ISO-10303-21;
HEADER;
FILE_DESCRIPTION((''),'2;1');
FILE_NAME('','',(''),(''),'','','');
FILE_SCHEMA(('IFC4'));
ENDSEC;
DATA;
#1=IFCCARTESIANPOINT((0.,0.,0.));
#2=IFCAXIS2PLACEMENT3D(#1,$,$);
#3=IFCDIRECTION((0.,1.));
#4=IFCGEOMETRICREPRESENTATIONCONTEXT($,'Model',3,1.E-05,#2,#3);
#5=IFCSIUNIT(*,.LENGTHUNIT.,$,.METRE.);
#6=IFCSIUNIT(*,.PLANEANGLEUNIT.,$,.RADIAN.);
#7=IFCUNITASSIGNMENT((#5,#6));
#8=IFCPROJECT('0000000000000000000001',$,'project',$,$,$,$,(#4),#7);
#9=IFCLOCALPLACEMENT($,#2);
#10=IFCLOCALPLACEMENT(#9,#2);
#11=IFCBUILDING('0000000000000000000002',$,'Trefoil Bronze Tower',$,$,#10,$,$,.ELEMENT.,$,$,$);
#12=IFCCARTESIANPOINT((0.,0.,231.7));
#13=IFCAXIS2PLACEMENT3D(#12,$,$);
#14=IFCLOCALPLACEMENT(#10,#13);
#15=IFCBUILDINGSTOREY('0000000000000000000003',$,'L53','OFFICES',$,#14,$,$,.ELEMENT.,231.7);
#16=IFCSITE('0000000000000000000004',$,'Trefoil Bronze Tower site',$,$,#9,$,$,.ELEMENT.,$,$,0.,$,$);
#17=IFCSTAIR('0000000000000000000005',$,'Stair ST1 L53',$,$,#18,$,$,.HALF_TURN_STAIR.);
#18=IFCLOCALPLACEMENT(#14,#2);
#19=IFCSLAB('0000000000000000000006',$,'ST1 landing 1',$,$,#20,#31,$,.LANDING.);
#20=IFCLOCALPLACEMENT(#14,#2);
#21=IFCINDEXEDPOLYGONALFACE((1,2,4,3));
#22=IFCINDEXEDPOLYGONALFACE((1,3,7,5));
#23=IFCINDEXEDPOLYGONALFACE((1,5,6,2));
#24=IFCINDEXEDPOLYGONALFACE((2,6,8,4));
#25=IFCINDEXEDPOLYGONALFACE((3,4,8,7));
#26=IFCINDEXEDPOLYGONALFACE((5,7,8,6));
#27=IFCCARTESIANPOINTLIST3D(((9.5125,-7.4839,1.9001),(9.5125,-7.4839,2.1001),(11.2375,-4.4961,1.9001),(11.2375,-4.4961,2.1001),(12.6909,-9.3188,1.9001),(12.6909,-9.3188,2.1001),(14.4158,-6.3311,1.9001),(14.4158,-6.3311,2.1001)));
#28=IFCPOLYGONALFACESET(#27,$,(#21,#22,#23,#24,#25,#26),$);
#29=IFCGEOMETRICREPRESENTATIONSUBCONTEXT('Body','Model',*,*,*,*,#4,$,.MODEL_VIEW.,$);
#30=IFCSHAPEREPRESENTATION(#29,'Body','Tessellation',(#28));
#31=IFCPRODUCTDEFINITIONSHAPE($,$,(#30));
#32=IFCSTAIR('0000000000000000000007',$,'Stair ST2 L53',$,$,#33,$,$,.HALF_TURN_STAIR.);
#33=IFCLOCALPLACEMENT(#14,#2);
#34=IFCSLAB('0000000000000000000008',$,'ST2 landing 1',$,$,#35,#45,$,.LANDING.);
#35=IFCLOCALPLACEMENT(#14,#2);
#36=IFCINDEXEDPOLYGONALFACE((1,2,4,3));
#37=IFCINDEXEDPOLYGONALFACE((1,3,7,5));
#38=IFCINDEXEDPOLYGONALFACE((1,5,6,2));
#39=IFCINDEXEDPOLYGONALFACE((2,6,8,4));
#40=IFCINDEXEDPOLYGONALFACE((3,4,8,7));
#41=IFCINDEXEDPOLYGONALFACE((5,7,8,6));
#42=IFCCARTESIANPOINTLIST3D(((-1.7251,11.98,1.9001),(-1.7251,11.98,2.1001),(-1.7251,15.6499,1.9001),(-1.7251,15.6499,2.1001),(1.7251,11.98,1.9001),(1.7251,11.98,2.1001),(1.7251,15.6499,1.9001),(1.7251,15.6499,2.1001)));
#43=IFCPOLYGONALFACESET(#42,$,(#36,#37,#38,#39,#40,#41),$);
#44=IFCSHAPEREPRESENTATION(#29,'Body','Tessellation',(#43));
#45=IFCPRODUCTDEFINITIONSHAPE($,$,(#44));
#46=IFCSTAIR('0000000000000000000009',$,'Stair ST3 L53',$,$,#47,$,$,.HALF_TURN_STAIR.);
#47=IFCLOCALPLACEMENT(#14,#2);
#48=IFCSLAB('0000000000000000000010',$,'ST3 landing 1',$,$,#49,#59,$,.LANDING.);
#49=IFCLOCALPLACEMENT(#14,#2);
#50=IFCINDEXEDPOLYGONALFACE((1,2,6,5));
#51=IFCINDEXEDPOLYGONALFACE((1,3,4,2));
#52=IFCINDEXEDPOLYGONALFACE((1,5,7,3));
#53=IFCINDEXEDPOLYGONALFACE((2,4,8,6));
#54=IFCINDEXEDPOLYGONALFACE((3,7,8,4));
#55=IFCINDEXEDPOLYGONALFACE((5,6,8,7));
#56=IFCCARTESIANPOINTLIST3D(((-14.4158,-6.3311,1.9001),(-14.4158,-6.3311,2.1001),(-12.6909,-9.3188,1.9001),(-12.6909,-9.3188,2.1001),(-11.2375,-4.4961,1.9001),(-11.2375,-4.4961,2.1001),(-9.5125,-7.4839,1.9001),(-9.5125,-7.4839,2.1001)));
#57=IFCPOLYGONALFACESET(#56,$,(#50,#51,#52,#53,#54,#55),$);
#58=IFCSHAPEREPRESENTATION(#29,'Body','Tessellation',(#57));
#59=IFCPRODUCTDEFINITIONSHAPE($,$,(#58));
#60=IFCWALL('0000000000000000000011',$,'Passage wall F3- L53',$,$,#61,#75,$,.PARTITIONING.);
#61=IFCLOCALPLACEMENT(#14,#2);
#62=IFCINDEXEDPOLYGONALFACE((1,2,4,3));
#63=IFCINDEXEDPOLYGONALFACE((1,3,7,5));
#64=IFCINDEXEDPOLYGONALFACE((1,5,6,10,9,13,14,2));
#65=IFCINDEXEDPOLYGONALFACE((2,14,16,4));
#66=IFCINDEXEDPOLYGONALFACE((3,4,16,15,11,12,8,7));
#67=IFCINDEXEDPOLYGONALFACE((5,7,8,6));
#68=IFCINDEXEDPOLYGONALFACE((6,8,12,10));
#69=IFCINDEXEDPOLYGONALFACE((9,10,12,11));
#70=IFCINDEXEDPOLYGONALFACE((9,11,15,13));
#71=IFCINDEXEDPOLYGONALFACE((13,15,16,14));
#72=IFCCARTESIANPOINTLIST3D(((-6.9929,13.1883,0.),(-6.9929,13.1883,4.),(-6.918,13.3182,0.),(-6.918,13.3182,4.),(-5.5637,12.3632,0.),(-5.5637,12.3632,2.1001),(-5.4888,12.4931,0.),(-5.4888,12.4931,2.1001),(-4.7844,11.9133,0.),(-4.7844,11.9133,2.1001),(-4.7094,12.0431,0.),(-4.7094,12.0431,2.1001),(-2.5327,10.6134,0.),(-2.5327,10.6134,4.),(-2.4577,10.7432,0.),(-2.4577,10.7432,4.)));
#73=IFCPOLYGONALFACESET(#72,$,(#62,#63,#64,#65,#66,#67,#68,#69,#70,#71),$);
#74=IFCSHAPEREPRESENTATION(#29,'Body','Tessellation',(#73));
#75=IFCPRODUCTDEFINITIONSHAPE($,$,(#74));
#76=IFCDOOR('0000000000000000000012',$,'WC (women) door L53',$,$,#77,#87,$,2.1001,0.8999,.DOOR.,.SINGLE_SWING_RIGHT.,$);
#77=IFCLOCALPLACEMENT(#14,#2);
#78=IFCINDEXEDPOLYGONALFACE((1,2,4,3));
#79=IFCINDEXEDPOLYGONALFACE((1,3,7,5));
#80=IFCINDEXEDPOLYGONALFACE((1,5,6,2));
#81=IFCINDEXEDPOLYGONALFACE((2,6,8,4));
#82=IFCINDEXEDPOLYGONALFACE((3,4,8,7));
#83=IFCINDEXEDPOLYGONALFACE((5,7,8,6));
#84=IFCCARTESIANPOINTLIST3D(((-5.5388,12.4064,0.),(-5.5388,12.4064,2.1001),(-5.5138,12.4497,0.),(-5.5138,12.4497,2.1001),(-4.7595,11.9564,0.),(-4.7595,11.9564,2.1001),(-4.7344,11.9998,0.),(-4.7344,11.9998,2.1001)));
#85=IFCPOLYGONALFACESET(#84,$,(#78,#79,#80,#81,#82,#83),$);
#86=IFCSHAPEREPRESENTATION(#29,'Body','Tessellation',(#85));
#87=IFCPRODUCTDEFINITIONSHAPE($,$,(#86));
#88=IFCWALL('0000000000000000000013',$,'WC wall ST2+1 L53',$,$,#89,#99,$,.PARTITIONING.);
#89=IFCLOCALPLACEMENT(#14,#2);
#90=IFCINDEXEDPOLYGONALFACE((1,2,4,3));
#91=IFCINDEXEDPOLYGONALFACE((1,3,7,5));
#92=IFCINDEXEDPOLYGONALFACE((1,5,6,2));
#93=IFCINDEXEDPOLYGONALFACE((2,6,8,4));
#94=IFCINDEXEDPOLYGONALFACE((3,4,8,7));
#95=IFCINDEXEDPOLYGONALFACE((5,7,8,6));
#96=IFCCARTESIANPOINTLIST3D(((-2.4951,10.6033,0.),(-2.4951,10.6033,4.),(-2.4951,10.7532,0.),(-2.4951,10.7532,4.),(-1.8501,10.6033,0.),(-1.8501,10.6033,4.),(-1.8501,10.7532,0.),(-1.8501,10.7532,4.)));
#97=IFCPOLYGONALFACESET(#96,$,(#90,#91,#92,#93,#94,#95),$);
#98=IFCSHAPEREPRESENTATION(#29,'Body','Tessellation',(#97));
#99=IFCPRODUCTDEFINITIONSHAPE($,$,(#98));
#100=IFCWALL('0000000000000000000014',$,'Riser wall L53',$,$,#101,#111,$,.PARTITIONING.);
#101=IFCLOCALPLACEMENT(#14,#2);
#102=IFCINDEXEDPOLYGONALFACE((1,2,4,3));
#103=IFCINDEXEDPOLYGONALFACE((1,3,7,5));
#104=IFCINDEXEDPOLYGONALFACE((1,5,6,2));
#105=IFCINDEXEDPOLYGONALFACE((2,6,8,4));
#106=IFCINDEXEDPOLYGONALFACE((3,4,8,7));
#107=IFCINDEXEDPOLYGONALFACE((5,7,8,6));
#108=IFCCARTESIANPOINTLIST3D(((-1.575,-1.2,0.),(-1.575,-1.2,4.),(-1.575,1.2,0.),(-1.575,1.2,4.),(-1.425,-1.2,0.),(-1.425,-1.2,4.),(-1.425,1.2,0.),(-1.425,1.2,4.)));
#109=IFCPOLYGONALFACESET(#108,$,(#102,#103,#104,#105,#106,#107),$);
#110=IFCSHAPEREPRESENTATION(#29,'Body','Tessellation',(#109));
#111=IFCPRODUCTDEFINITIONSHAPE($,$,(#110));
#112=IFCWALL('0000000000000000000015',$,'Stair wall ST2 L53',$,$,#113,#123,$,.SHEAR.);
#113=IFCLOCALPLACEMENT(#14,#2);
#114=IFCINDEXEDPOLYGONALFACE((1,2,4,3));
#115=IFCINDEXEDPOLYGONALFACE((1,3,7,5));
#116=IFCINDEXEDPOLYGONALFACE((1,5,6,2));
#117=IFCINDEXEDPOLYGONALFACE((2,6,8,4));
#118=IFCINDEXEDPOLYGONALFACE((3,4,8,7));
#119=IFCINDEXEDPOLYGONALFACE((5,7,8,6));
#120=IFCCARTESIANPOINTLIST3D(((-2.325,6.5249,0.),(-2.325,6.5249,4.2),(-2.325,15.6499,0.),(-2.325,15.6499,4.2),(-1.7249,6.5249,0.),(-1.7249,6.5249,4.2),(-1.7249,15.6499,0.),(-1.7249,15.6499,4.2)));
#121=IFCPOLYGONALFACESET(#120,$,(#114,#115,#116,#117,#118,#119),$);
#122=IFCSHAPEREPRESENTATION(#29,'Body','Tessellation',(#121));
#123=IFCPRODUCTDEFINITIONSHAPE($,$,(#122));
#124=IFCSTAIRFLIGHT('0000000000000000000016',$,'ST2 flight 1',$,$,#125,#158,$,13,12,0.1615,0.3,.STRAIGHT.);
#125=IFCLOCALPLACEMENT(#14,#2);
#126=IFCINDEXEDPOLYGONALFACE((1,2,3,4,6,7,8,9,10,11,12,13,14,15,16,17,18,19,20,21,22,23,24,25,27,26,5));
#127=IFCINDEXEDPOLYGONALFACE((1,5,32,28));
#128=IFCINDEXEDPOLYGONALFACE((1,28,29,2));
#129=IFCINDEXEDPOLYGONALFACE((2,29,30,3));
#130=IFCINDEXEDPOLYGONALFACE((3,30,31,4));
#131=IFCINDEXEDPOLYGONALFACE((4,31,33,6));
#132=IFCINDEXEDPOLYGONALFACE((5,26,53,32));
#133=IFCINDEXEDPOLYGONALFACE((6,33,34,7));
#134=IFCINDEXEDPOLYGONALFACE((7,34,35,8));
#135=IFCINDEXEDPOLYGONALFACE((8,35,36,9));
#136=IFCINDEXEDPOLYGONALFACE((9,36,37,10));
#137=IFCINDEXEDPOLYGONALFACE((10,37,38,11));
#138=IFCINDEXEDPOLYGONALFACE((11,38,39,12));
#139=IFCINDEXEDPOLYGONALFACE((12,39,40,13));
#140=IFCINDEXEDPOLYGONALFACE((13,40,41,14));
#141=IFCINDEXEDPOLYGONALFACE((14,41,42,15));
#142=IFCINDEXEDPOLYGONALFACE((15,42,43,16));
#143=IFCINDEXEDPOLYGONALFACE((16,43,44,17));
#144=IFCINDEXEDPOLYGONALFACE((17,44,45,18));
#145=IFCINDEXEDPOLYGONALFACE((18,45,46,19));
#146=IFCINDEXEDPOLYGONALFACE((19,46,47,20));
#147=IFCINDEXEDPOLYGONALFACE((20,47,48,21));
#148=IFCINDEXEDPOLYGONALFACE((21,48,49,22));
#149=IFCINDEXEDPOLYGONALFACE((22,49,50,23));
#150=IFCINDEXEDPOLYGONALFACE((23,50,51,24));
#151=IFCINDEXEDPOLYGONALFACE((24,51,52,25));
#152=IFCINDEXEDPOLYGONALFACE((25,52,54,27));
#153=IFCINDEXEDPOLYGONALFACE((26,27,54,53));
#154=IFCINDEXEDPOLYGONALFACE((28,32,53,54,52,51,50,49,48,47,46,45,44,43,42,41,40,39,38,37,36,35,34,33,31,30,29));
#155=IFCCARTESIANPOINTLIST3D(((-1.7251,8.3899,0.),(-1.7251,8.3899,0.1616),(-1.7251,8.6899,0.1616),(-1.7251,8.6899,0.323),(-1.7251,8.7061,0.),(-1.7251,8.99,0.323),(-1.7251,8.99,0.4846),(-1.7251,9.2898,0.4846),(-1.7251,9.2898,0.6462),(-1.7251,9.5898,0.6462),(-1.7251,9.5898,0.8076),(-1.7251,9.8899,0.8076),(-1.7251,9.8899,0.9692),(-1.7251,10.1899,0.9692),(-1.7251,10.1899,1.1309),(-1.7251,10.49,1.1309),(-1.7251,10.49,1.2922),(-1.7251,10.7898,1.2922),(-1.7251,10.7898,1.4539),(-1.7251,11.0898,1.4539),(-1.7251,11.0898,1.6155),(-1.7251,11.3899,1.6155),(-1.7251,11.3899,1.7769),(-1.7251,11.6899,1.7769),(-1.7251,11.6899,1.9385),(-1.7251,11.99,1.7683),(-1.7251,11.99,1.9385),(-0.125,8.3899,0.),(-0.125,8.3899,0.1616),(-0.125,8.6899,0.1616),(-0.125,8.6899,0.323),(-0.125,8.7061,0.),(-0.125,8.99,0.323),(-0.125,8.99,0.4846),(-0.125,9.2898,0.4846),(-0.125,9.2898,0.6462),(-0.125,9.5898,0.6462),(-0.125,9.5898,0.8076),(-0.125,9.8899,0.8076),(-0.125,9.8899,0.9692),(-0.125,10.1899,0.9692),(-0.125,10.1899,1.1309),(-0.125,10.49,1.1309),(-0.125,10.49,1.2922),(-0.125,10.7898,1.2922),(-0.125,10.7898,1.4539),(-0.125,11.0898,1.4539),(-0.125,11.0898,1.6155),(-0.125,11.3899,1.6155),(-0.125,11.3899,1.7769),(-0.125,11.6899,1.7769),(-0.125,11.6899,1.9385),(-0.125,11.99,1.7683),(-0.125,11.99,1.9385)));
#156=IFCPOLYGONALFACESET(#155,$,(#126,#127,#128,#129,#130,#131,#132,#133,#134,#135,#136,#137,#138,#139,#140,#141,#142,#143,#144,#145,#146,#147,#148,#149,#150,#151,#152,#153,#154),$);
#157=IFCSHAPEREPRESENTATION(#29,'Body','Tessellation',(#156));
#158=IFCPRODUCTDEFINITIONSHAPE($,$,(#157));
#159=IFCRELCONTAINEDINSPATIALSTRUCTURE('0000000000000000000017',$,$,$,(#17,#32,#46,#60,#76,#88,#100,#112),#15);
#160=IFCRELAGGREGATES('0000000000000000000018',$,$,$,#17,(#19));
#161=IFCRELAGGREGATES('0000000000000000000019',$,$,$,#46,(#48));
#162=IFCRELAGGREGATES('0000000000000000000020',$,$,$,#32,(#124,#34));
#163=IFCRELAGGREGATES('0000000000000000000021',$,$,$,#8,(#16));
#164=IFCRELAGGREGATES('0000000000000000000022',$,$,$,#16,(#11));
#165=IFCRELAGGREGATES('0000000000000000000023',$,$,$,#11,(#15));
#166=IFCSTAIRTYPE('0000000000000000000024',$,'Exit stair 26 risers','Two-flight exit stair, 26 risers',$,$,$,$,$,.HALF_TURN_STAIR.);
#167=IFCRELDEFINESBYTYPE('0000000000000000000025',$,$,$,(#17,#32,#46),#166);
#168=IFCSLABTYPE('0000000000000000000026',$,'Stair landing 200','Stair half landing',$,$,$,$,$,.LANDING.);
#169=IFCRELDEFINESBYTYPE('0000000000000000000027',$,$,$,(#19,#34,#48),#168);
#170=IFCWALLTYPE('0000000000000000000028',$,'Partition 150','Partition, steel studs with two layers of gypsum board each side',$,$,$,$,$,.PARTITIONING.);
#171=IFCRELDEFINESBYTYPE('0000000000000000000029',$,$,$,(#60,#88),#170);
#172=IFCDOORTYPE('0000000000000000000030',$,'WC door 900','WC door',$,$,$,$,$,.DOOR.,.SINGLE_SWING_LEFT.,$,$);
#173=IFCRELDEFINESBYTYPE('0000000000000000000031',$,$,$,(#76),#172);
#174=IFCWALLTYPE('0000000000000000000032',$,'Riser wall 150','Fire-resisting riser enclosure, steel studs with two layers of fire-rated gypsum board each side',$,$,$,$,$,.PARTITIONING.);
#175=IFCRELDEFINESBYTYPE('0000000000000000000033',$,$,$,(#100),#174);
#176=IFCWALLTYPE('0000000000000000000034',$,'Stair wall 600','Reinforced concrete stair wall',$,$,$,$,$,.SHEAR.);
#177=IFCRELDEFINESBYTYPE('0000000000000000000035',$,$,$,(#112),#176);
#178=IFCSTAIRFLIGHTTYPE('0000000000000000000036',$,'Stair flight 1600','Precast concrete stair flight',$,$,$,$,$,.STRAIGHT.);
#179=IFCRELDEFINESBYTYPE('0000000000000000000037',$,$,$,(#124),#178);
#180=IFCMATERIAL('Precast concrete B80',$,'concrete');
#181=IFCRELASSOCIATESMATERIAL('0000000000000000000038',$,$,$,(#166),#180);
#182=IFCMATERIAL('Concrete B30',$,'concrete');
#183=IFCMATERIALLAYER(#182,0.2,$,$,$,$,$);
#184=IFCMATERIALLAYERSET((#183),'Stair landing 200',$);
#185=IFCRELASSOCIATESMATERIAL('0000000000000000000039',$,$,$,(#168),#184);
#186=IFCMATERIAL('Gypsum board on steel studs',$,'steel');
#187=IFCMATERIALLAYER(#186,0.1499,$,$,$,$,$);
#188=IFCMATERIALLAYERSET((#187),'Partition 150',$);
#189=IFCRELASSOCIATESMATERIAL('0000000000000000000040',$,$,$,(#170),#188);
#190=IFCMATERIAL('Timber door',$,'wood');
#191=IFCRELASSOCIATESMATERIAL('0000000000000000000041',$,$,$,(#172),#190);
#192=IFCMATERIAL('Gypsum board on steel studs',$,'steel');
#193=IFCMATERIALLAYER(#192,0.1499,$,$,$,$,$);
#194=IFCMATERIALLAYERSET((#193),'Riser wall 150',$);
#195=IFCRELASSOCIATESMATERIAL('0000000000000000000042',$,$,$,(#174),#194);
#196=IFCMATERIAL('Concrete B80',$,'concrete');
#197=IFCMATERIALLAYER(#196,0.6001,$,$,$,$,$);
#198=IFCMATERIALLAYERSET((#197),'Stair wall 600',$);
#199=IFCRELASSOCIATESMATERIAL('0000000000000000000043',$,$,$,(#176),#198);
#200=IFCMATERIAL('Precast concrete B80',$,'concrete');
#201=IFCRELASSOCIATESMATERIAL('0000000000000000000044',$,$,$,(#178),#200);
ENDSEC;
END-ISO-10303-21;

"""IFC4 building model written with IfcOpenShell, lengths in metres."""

from ifc_helpers import new_model, si_unit, direction, frame, frame_2d, origin, place, context, subcontext, project, spatial, polyline, rectangle, outline, extrude, material, layer, layer_set, type_object, element, fill, aggregate, save


model = new_model("IFC4")

# Units and contexts
model_context = context("Model", 3, precision=1e-05, world=origin(), true_north=direction((0.0, 1.0)))
body_context = subcontext(model_context, "Body", "Model", "MODEL_VIEW")
ifc_project = project(units=[si_unit("LENGTHUNIT", "METRE"), si_unit("PLANEANGLEUNIT", "RADIAN")], contexts=[model_context])

# Site, building, storey
site_placement = place(None, origin())
site = spatial("IfcSite", under=ifc_project, at=site_placement, Name="Trefoil Bronze Tower site", CompositionType="ELEMENT", RefElevation=0.0)
building_placement = place(site_placement, origin())
building = spatial("IfcBuilding", under=site, at=building_placement, Name="Trefoil Bronze Tower", CompositionType="ELEMENT")
storey_placement = place(building_placement, frame((0.0, 0.0, 231.7)))
storey = spatial("IfcBuildingStorey", under=building, at=storey_placement, Name="L53", Description="OFFICES", CompositionType="ELEMENT", Elevation=231.7)

# Stairs, slabs
ifc_material_1 = material(Name="Precast concrete B80", Category="concrete")
stair_type = type_object("IfcStairType", Name="Exit stair 26 risers", Description="Two-flight exit stair, 26 risers", PredefinedType="HALF_TURN_STAIR", material=ifc_material_1)
stair_1_placement = place(storey_placement, origin())
stair_1 = element("IfcStair", 1, at=stair_1_placement, inside=storey, type_object=stair_type, Name="Stair ST1 L53", PredefinedType="HALF_TURN_STAIR")
ifc_material_2 = material(Name="Concrete B30", Category="concrete")
ifc_layer_1 = layer(ifc_material_2, 0.2)
ifc_layer_set_1 = layer_set([ifc_layer_1], Name="Stair landing 200")
slab_type = type_object("IfcSlabType", Name="Stair landing 200", Description="Stair half landing", PredefinedType="LANDING", material=ifc_layer_set_1)
slab_1_placement = place(storey_placement, frame((0.0, 0.0, 1.9001)))
slab_1 = element("IfcSlab", 2, at=slab_1_placement, type_object=slab_type, Name="ST1 landing 1", PredefinedType="LANDING", context=body_context, shape_type="SweptSolid", body=[
    extrude(outline(polyline([(9.5125, -7.4839), (12.6909, -9.3188), (14.4158, -6.3311), (11.2375, -4.4961), (9.5125, -7.4839)])), origin(), (0.0, 0.0, 1.0), 0.2),
])
aggregate(stair_1, [slab_1])
stair_2_placement = place(storey_placement, origin())
stair_2 = element("IfcStair", 3, at=stair_2_placement, inside=storey, type_object=stair_type, Name="Stair ST2 L53", PredefinedType="HALF_TURN_STAIR")
slab_2_placement = place(storey_placement, frame((0.0, 0.0, 1.9001)))
slab_2 = element("IfcSlab", 4, at=slab_2_placement, type_object=slab_type, Name="ST2 landing 1", PredefinedType="LANDING", context=body_context, shape_type="SweptSolid", body=[
    extrude(outline(polyline([(1.7251, 11.98), (1.7251, 15.6499), (-1.7251, 15.6499), (-1.7251, 11.98), (1.7251, 11.98)])), origin(), (0.0, 0.0, 1.0), 0.2),
])
stair_3_placement = place(storey_placement, origin())
stair_3 = element("IfcStair", 5, at=stair_3_placement, inside=storey, type_object=stair_type, Name="Stair ST3 L53", PredefinedType="HALF_TURN_STAIR")
slab_3_placement = place(storey_placement, frame((0.0, 0.0, 1.9001)))
slab_3 = element("IfcSlab", 6, at=slab_3_placement, type_object=slab_type, Name="ST3 landing 1", PredefinedType="LANDING", context=body_context, shape_type="SweptSolid", body=[
    extrude(outline(polyline([(-11.2375, -4.4961), (-14.4158, -6.3311), (-12.6909, -9.3188), (-9.5125, -7.4839), (-11.2375, -4.4961)])), origin(), (0.0, 0.0, 1.0), 0.2),
])
aggregate(stair_3, [slab_3])

# Wall, opening, door
ifc_material_3 = material(Name="Gypsum board on steel studs", Category="steel")
ifc_layer_2 = layer(ifc_material_3, 0.1499)
ifc_layer_set_2 = layer_set([ifc_layer_2], Name="Partition 150")
wall_type_1 = type_object("IfcWallType", Name="Partition 150", Description="Partition, steel studs with two layers of gypsum board each side", PredefinedType="PARTITIONING", material=ifc_layer_set_2)
wall_1_placement = place(storey_placement, frame((-2.4951, 10.6782, 0.0), z_axis=(0.0, 0.0, 1.0), x_axis=(-0.866038, 0.499978, 0.0)))
wall_1 = element("IfcWall", 7, at=wall_1_placement, inside=storey, type_object=wall_type_1, Name="Passage wall F3- L53", PredefinedType="PARTITIONING", context=body_context, shape_type="SweptSolid", body=[
    extrude(rectangle(XDim=5.1501, YDim=0.1499, at=frame_2d((2.5752, 0.0))), origin(), (0.0, 0.0, 1.0), 4.0),
])
opening_placement = place(wall_1_placement, frame((2.6001, 0.0, 0.0)))
opening = element("IfcOpeningElement", 8, at=opening_placement, cuts=wall_1, PredefinedType="OPENING", context=body_context, shape_type="SweptSolid", body=[
    extrude(rectangle(XDim=0.8999, YDim=2.1001, at=frame_2d((0.45, 1.05))), frame((0.0, 0.085, 0.0), z_axis=(0.0, -1.0, 0.0), x_axis=(1.0, 0.0, 0.0)), (0.0, 0.0, 1.0), 0.1699),
])
ifc_material_4 = material(Name="Timber door", Category="wood")
door_type = type_object("IfcDoorType", Name="WC door 900", Description="WC door", OperationType="SINGLE_SWING_LEFT", PredefinedType="DOOR", material=ifc_material_4)
door_placement = place(opening_placement, frame((0.8999, 0.0, 0.0), z_axis=(0.0, 0.0, 1.0), x_axis=(-1.0, 0.0, 0.0)))
door = element("IfcDoor", 9, at=door_placement, inside=storey, type_object=door_type, Name="WC (women) door L53", OperationType="SINGLE_SWING_RIGHT", OverallHeight=2.1001, OverallWidth=0.8999, PredefinedType="DOOR", context=body_context, shape_type="SweptSolid", body=[
    extrude(rectangle(XDim=0.8999, YDim=2.1001, at=frame_2d((0.45, 1.05))), frame((0.0, 0.0249, 0.0), z_axis=(0.0, -1.0, 0.0), x_axis=(1.0, 0.0, 0.0)), (0.0, 0.0, 1.0), 0.05),
])
fill(opening, door)

# Walls
wall_2_placement = place(storey_placement, frame((-2.4951, 10.6782, 0.0), z_axis=(0.0, 0.0, 1.0), x_axis=(1.0, 0.0, 0.0)))
element("IfcWall", 10, at=wall_2_placement, inside=storey, type_object=wall_type_1, Name="WC wall ST2+1 L53", PredefinedType="PARTITIONING", context=body_context, shape_type="SweptSolid", body=[
    extrude(rectangle(XDim=0.645, YDim=0.1499, at=frame_2d((0.3225, 0.0))), origin(), (0.0, 0.0, 1.0), 4.0),
])
ifc_material_5 = material(Name="Gypsum board on steel studs", Category="steel")
ifc_layer_3 = layer(ifc_material_5, 0.1499)
ifc_layer_set_3 = layer_set([ifc_layer_3], Name="Riser wall 150")
wall_type_2 = type_object("IfcWallType", Name="Riser wall 150", Description="Fire-resisting riser enclosure, steel studs with two layers of fire-rated gypsum board each side", PredefinedType="PARTITIONING", material=ifc_layer_set_3)
wall_3_placement = place(storey_placement, frame((-1.5, 1.2, 0.0), z_axis=(0.0, 0.0, 1.0), x_axis=(0.0, -1.0, 0.0)))
element("IfcWall", 11, at=wall_3_placement, inside=storey, type_object=wall_type_2, Name="Riser wall L53", PredefinedType="PARTITIONING", context=body_context, shape_type="SweptSolid", body=[
    extrude(rectangle(XDim=2.3999, YDim=0.1499, at=frame_2d((1.2, 0.0))), origin(), (0.0, 0.0, 1.0), 4.0),
])
ifc_material_6 = material(Name="Concrete B80", Category="concrete")
ifc_layer_4 = layer(ifc_material_6, 0.6001)
ifc_layer_set_4 = layer_set([ifc_layer_4], Name="Stair wall 600")
wall_type_3 = type_object("IfcWallType", Name="Stair wall 600", Description="Reinforced concrete stair wall", PredefinedType="SHEAR", material=ifc_layer_set_4)
wall_4_placement = place(storey_placement, frame((-2.0249, 6.5249, 0.0), z_axis=(0.0, 0.0, 1.0), x_axis=(0.0, 1.0, 0.0)))
element("IfcWall", 12, at=wall_4_placement, inside=storey, type_object=wall_type_3, Name="Stair wall ST2 L53", PredefinedType="SHEAR", context=body_context, shape_type="SweptSolid", body=[
    extrude(rectangle(XDim=9.125, YDim=0.6001, at=frame_2d((4.5625, 0.0))), origin(), (0.0, 0.0, 1.0), 4.2),
])

# Stair flight
ifc_material_7 = material(Name="Precast concrete B80", Category="concrete")
stair_flight_type = type_object("IfcStairFlightType", Name="Stair flight 1600", Description="Precast concrete stair flight", PredefinedType="STRAIGHT", material=ifc_material_7)
stair_flight_placement = place(storey_placement, frame((-0.925, 8.3899, 0.0), z_axis=(0.0, 0.0, 1.0), x_axis=(0.0, 1.0, 0.0)))
stair_flight = element("IfcStairFlight", 13, at=stair_flight_placement, type_object=stair_flight_type, Name="ST2 flight 1", NumberOfRisers=13, NumberOfTreads=12, PredefinedType="STRAIGHT", RiserHeight=0.1615, TreadLength=0.3, context=body_context, shape_type="SweptSolid", body=[
    extrude(outline(polyline([(0.0, 0.0), (0.0, 0.1616), (0.3, 0.1616), (0.3, 0.323), (0.6001, 0.323), (0.6001, 0.4846), (0.8999, 0.4846), (0.8999, 0.6462), (1.2, 0.6462), (1.2, 0.8076), (1.5, 0.8076), (1.5, 0.9692), (1.8, 0.9692), (1.8, 1.1309), (2.1001, 1.1309), (2.1001, 1.2922), (2.3999, 1.2922), (2.3999, 1.4539), (2.7, 1.4539), (2.7, 1.6155), (3.0, 1.6155), (3.0, 1.7769), (3.3, 1.7769), (3.3, 1.9385), (3.6001, 1.9385), (3.6001, 2.1001), (3.6001, 1.7683), (0.3162, 0.0), (0.0, 0.0)])), frame((0.0, 0.8, 0.0), z_axis=(0.0, -1.0, 0.0), x_axis=(1.0, 0.0, 0.0)), (0.0, 0.0, 1.0), 1.6001),
])
aggregate(stair_2, [stair_flight, slab_2])

save(model, "model.ifc")
